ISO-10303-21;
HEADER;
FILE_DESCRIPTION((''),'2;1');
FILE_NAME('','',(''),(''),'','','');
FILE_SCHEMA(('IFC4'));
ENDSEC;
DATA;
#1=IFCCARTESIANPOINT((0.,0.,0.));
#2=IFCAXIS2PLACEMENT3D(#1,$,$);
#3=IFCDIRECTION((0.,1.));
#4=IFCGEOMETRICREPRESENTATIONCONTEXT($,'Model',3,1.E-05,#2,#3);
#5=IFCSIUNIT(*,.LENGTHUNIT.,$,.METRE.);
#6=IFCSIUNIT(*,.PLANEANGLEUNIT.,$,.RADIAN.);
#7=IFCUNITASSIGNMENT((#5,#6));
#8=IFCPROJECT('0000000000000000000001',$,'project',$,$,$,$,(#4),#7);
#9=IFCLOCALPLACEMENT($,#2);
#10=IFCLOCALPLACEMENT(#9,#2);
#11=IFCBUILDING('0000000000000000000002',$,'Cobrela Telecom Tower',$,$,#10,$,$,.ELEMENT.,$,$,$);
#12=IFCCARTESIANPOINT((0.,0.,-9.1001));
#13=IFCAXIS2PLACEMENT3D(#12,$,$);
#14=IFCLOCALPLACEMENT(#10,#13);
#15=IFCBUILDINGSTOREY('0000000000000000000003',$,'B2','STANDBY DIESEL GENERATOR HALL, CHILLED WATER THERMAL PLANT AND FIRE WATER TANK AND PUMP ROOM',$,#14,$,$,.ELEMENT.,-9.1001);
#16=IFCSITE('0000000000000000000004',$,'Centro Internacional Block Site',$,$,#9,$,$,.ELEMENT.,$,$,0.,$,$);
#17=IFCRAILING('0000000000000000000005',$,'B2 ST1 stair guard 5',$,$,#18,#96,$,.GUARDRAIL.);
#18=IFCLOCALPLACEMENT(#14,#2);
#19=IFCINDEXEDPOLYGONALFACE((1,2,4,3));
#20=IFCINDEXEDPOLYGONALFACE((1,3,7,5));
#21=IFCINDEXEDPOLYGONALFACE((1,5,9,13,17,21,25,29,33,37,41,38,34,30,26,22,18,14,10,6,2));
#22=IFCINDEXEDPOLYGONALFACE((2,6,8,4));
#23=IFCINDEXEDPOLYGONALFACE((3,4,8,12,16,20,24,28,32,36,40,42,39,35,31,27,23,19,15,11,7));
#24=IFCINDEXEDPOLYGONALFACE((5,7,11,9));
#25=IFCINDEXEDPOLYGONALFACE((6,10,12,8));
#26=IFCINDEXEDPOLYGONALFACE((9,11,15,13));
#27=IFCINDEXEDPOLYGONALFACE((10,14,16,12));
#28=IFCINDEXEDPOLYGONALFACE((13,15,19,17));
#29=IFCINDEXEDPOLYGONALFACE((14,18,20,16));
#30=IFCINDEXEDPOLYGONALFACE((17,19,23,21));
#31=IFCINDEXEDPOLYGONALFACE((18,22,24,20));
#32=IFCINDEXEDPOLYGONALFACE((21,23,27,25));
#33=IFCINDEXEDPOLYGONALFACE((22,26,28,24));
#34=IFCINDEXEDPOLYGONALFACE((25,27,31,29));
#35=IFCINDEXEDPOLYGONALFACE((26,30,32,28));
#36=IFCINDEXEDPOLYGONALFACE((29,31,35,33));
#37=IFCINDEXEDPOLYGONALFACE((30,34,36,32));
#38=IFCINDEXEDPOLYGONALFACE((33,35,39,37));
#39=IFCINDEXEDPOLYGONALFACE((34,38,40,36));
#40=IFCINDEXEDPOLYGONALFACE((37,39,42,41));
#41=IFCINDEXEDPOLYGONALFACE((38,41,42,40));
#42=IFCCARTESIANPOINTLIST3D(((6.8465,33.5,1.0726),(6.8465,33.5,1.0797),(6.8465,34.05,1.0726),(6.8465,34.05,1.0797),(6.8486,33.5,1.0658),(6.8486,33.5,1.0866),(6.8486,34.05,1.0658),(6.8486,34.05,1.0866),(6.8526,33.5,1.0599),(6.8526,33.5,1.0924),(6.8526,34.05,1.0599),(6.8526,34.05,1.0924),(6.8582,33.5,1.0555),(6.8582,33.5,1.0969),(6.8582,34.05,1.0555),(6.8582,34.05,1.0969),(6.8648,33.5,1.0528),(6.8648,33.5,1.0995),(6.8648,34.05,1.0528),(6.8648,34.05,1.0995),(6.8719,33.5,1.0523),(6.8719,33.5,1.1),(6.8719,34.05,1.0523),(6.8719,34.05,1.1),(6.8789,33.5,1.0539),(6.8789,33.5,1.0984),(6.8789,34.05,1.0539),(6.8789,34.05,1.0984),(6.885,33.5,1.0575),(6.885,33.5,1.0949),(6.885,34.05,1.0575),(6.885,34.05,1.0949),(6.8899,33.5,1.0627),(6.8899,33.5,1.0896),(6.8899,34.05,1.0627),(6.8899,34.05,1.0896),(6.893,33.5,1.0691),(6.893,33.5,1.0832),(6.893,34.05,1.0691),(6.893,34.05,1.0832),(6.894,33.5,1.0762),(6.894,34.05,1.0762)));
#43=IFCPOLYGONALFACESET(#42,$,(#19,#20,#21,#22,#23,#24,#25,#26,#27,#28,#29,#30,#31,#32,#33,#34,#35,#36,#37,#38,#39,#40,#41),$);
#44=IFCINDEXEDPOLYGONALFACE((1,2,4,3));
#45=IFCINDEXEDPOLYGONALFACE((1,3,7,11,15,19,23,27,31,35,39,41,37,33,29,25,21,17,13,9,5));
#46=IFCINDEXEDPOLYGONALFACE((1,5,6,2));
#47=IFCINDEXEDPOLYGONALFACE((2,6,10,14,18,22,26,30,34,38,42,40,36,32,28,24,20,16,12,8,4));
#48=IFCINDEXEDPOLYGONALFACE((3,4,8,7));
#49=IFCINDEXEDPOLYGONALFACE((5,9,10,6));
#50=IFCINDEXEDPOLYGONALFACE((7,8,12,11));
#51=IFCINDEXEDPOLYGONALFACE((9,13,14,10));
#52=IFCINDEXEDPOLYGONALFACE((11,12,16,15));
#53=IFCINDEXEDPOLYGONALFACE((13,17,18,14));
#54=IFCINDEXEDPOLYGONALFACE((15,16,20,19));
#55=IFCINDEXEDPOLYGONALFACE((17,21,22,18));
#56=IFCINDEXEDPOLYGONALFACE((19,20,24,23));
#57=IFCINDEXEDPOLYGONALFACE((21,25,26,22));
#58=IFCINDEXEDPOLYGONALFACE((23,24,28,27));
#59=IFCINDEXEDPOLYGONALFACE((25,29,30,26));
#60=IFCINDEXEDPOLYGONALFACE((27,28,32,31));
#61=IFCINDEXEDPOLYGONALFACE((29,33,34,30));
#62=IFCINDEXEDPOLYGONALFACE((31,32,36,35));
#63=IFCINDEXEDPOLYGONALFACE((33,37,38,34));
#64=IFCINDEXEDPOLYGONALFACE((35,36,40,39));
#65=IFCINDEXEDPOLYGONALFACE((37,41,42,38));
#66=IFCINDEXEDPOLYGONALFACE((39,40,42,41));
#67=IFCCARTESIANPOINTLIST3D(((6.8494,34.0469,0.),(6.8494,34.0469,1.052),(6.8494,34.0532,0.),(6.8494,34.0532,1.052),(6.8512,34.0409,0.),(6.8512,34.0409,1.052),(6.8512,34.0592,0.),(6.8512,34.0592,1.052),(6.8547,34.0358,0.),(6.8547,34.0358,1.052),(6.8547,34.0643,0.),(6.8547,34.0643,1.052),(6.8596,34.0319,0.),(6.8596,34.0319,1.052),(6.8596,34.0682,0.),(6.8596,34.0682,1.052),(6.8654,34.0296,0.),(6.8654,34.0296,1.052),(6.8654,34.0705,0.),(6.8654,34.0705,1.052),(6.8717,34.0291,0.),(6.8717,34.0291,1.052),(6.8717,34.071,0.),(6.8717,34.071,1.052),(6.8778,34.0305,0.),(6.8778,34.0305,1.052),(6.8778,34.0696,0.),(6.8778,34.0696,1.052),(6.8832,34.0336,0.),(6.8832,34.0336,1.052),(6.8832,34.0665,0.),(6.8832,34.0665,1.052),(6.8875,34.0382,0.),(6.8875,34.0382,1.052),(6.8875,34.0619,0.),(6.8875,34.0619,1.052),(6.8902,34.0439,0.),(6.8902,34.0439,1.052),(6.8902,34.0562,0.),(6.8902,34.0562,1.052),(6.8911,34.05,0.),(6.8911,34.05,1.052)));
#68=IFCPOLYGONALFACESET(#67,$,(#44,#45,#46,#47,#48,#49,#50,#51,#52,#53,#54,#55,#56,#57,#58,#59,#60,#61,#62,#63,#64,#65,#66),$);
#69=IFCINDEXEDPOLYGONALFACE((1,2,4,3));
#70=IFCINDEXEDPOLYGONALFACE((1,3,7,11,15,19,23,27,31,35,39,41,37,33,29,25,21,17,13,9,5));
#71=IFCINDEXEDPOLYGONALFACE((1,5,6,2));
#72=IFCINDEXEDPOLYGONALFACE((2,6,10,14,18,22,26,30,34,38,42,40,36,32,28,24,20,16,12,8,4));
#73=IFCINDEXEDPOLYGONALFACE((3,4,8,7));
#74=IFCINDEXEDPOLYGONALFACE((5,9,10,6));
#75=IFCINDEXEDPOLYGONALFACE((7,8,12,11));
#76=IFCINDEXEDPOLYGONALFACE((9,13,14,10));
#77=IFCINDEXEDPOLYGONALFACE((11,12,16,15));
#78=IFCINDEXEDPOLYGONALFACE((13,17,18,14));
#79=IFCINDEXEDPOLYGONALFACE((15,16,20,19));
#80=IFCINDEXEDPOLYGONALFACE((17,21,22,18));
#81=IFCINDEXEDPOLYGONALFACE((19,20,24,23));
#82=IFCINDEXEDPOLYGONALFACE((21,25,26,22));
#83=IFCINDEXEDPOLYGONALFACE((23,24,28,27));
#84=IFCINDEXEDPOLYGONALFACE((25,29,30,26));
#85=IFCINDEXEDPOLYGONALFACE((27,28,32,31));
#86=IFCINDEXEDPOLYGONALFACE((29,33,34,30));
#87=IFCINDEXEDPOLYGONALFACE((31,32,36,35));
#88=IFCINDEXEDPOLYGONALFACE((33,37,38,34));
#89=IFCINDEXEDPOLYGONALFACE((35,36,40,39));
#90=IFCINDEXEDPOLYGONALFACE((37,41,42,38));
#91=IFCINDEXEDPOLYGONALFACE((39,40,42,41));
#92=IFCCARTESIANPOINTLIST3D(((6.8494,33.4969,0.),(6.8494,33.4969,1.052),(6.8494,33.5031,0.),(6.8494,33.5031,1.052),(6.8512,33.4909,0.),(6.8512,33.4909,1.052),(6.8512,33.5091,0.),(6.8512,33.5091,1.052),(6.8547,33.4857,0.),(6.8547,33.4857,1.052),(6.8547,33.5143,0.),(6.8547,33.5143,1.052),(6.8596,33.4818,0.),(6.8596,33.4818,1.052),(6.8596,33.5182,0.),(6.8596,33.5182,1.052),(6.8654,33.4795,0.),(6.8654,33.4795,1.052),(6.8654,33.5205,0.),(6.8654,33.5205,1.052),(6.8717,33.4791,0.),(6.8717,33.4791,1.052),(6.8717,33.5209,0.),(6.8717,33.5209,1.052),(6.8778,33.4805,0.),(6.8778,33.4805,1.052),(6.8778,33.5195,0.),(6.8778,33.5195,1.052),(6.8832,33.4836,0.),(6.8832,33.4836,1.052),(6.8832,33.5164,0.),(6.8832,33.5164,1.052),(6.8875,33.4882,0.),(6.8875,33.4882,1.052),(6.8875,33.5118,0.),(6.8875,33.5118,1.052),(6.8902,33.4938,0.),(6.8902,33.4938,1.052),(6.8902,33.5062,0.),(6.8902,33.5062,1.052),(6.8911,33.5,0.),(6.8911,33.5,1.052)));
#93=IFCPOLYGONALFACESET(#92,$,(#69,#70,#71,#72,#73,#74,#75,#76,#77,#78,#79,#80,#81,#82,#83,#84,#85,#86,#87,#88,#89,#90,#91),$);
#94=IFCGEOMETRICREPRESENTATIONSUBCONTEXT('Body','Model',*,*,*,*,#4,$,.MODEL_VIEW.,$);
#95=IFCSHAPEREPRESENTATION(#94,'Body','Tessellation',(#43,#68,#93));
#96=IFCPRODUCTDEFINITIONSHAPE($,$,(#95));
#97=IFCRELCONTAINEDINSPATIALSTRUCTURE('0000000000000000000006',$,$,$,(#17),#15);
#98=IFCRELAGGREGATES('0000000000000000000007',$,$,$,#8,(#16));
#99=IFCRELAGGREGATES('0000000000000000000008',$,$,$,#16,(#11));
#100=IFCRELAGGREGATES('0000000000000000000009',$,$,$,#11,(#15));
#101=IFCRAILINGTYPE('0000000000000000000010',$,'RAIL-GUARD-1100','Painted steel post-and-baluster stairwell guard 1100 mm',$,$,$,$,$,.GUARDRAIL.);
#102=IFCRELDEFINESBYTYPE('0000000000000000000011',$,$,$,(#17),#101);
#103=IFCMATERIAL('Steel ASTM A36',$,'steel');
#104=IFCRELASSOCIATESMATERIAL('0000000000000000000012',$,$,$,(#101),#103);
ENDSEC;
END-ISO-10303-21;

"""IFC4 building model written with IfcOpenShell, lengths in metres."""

from ifc_helpers import new_model, si_unit, direction, frame, origin, origin_2d, place, context, subcontext, project, spatial, circle, extrude, material, type_object, element, save


model = new_model("IFC4")

# Units and contexts
model_context = context("Model", 3, precision=1e-05, world=origin(), true_north=direction((0.0, 1.0)))
body_context = subcontext(model_context, "Body", "Model", "MODEL_VIEW")
ifc_project = project(units=[si_unit("LENGTHUNIT", "METRE"), si_unit("PLANEANGLEUNIT", "RADIAN")], contexts=[model_context])

# Site, building, storey
site_placement = place(None, origin())
site = spatial("IfcSite", under=ifc_project, at=site_placement, Name="Centro Internacional Block Site", CompositionType="ELEMENT", RefElevation=0.0)
building_placement = place(site_placement, origin())
building = spatial("IfcBuilding", under=site, at=building_placement, Name="Cobrela Telecom Tower", CompositionType="ELEMENT")
storey_placement = place(building_placement, frame((0.0, 0.0, -9.1001)))
storey = spatial("IfcBuildingStorey", under=building, at=storey_placement, Name="B2", Description="STANDBY DIESEL GENERATOR HALL, CHILLED WATER THERMAL PLANT AND FIRE WATER TANK AND PUMP ROOM", CompositionType="ELEMENT", Elevation=-9.1001)

# Shared definitions
ifc_material_1 = material(Name="Steel ASTM A36", Category="steel")

# Railing
railing_type = type_object("IfcRailingType", Name="RAIL-GUARD-1100", Description="Painted steel post-and-baluster stairwell guard 1100 mm", PredefinedType="GUARDRAIL", material=ifc_material_1)
railing_placement = place(storey_placement, frame((6.8701, 34.05, 0.0)))
element("IfcRailing", 1, at=railing_placement, inside=storey, type_object=railing_type, Name="B2 ST1 stair guard 5", PredefinedType="GUARDRAIL", context=body_context, shape_type="SweptSolid", body=[
    extrude(circle(Radius=0.0239, at=origin_2d()), frame((0.0, 0.0, 1.0762), z_axis=(0.0, -1.0, 0.0), x_axis=(1.0, 0.0, 0.0)), (0.0, 0.0, 1.0), 0.55),
    extrude(circle(Radius=0.021, at=origin_2d()), origin(), (0.0, 0.0, 1.0), 1.052),
    extrude(circle(Radius=0.021, at=origin_2d()), frame((0.0, -0.55, 0.0)), (0.0, 0.0, 1.0), 1.052),
])

save(model, "model.ifc")
